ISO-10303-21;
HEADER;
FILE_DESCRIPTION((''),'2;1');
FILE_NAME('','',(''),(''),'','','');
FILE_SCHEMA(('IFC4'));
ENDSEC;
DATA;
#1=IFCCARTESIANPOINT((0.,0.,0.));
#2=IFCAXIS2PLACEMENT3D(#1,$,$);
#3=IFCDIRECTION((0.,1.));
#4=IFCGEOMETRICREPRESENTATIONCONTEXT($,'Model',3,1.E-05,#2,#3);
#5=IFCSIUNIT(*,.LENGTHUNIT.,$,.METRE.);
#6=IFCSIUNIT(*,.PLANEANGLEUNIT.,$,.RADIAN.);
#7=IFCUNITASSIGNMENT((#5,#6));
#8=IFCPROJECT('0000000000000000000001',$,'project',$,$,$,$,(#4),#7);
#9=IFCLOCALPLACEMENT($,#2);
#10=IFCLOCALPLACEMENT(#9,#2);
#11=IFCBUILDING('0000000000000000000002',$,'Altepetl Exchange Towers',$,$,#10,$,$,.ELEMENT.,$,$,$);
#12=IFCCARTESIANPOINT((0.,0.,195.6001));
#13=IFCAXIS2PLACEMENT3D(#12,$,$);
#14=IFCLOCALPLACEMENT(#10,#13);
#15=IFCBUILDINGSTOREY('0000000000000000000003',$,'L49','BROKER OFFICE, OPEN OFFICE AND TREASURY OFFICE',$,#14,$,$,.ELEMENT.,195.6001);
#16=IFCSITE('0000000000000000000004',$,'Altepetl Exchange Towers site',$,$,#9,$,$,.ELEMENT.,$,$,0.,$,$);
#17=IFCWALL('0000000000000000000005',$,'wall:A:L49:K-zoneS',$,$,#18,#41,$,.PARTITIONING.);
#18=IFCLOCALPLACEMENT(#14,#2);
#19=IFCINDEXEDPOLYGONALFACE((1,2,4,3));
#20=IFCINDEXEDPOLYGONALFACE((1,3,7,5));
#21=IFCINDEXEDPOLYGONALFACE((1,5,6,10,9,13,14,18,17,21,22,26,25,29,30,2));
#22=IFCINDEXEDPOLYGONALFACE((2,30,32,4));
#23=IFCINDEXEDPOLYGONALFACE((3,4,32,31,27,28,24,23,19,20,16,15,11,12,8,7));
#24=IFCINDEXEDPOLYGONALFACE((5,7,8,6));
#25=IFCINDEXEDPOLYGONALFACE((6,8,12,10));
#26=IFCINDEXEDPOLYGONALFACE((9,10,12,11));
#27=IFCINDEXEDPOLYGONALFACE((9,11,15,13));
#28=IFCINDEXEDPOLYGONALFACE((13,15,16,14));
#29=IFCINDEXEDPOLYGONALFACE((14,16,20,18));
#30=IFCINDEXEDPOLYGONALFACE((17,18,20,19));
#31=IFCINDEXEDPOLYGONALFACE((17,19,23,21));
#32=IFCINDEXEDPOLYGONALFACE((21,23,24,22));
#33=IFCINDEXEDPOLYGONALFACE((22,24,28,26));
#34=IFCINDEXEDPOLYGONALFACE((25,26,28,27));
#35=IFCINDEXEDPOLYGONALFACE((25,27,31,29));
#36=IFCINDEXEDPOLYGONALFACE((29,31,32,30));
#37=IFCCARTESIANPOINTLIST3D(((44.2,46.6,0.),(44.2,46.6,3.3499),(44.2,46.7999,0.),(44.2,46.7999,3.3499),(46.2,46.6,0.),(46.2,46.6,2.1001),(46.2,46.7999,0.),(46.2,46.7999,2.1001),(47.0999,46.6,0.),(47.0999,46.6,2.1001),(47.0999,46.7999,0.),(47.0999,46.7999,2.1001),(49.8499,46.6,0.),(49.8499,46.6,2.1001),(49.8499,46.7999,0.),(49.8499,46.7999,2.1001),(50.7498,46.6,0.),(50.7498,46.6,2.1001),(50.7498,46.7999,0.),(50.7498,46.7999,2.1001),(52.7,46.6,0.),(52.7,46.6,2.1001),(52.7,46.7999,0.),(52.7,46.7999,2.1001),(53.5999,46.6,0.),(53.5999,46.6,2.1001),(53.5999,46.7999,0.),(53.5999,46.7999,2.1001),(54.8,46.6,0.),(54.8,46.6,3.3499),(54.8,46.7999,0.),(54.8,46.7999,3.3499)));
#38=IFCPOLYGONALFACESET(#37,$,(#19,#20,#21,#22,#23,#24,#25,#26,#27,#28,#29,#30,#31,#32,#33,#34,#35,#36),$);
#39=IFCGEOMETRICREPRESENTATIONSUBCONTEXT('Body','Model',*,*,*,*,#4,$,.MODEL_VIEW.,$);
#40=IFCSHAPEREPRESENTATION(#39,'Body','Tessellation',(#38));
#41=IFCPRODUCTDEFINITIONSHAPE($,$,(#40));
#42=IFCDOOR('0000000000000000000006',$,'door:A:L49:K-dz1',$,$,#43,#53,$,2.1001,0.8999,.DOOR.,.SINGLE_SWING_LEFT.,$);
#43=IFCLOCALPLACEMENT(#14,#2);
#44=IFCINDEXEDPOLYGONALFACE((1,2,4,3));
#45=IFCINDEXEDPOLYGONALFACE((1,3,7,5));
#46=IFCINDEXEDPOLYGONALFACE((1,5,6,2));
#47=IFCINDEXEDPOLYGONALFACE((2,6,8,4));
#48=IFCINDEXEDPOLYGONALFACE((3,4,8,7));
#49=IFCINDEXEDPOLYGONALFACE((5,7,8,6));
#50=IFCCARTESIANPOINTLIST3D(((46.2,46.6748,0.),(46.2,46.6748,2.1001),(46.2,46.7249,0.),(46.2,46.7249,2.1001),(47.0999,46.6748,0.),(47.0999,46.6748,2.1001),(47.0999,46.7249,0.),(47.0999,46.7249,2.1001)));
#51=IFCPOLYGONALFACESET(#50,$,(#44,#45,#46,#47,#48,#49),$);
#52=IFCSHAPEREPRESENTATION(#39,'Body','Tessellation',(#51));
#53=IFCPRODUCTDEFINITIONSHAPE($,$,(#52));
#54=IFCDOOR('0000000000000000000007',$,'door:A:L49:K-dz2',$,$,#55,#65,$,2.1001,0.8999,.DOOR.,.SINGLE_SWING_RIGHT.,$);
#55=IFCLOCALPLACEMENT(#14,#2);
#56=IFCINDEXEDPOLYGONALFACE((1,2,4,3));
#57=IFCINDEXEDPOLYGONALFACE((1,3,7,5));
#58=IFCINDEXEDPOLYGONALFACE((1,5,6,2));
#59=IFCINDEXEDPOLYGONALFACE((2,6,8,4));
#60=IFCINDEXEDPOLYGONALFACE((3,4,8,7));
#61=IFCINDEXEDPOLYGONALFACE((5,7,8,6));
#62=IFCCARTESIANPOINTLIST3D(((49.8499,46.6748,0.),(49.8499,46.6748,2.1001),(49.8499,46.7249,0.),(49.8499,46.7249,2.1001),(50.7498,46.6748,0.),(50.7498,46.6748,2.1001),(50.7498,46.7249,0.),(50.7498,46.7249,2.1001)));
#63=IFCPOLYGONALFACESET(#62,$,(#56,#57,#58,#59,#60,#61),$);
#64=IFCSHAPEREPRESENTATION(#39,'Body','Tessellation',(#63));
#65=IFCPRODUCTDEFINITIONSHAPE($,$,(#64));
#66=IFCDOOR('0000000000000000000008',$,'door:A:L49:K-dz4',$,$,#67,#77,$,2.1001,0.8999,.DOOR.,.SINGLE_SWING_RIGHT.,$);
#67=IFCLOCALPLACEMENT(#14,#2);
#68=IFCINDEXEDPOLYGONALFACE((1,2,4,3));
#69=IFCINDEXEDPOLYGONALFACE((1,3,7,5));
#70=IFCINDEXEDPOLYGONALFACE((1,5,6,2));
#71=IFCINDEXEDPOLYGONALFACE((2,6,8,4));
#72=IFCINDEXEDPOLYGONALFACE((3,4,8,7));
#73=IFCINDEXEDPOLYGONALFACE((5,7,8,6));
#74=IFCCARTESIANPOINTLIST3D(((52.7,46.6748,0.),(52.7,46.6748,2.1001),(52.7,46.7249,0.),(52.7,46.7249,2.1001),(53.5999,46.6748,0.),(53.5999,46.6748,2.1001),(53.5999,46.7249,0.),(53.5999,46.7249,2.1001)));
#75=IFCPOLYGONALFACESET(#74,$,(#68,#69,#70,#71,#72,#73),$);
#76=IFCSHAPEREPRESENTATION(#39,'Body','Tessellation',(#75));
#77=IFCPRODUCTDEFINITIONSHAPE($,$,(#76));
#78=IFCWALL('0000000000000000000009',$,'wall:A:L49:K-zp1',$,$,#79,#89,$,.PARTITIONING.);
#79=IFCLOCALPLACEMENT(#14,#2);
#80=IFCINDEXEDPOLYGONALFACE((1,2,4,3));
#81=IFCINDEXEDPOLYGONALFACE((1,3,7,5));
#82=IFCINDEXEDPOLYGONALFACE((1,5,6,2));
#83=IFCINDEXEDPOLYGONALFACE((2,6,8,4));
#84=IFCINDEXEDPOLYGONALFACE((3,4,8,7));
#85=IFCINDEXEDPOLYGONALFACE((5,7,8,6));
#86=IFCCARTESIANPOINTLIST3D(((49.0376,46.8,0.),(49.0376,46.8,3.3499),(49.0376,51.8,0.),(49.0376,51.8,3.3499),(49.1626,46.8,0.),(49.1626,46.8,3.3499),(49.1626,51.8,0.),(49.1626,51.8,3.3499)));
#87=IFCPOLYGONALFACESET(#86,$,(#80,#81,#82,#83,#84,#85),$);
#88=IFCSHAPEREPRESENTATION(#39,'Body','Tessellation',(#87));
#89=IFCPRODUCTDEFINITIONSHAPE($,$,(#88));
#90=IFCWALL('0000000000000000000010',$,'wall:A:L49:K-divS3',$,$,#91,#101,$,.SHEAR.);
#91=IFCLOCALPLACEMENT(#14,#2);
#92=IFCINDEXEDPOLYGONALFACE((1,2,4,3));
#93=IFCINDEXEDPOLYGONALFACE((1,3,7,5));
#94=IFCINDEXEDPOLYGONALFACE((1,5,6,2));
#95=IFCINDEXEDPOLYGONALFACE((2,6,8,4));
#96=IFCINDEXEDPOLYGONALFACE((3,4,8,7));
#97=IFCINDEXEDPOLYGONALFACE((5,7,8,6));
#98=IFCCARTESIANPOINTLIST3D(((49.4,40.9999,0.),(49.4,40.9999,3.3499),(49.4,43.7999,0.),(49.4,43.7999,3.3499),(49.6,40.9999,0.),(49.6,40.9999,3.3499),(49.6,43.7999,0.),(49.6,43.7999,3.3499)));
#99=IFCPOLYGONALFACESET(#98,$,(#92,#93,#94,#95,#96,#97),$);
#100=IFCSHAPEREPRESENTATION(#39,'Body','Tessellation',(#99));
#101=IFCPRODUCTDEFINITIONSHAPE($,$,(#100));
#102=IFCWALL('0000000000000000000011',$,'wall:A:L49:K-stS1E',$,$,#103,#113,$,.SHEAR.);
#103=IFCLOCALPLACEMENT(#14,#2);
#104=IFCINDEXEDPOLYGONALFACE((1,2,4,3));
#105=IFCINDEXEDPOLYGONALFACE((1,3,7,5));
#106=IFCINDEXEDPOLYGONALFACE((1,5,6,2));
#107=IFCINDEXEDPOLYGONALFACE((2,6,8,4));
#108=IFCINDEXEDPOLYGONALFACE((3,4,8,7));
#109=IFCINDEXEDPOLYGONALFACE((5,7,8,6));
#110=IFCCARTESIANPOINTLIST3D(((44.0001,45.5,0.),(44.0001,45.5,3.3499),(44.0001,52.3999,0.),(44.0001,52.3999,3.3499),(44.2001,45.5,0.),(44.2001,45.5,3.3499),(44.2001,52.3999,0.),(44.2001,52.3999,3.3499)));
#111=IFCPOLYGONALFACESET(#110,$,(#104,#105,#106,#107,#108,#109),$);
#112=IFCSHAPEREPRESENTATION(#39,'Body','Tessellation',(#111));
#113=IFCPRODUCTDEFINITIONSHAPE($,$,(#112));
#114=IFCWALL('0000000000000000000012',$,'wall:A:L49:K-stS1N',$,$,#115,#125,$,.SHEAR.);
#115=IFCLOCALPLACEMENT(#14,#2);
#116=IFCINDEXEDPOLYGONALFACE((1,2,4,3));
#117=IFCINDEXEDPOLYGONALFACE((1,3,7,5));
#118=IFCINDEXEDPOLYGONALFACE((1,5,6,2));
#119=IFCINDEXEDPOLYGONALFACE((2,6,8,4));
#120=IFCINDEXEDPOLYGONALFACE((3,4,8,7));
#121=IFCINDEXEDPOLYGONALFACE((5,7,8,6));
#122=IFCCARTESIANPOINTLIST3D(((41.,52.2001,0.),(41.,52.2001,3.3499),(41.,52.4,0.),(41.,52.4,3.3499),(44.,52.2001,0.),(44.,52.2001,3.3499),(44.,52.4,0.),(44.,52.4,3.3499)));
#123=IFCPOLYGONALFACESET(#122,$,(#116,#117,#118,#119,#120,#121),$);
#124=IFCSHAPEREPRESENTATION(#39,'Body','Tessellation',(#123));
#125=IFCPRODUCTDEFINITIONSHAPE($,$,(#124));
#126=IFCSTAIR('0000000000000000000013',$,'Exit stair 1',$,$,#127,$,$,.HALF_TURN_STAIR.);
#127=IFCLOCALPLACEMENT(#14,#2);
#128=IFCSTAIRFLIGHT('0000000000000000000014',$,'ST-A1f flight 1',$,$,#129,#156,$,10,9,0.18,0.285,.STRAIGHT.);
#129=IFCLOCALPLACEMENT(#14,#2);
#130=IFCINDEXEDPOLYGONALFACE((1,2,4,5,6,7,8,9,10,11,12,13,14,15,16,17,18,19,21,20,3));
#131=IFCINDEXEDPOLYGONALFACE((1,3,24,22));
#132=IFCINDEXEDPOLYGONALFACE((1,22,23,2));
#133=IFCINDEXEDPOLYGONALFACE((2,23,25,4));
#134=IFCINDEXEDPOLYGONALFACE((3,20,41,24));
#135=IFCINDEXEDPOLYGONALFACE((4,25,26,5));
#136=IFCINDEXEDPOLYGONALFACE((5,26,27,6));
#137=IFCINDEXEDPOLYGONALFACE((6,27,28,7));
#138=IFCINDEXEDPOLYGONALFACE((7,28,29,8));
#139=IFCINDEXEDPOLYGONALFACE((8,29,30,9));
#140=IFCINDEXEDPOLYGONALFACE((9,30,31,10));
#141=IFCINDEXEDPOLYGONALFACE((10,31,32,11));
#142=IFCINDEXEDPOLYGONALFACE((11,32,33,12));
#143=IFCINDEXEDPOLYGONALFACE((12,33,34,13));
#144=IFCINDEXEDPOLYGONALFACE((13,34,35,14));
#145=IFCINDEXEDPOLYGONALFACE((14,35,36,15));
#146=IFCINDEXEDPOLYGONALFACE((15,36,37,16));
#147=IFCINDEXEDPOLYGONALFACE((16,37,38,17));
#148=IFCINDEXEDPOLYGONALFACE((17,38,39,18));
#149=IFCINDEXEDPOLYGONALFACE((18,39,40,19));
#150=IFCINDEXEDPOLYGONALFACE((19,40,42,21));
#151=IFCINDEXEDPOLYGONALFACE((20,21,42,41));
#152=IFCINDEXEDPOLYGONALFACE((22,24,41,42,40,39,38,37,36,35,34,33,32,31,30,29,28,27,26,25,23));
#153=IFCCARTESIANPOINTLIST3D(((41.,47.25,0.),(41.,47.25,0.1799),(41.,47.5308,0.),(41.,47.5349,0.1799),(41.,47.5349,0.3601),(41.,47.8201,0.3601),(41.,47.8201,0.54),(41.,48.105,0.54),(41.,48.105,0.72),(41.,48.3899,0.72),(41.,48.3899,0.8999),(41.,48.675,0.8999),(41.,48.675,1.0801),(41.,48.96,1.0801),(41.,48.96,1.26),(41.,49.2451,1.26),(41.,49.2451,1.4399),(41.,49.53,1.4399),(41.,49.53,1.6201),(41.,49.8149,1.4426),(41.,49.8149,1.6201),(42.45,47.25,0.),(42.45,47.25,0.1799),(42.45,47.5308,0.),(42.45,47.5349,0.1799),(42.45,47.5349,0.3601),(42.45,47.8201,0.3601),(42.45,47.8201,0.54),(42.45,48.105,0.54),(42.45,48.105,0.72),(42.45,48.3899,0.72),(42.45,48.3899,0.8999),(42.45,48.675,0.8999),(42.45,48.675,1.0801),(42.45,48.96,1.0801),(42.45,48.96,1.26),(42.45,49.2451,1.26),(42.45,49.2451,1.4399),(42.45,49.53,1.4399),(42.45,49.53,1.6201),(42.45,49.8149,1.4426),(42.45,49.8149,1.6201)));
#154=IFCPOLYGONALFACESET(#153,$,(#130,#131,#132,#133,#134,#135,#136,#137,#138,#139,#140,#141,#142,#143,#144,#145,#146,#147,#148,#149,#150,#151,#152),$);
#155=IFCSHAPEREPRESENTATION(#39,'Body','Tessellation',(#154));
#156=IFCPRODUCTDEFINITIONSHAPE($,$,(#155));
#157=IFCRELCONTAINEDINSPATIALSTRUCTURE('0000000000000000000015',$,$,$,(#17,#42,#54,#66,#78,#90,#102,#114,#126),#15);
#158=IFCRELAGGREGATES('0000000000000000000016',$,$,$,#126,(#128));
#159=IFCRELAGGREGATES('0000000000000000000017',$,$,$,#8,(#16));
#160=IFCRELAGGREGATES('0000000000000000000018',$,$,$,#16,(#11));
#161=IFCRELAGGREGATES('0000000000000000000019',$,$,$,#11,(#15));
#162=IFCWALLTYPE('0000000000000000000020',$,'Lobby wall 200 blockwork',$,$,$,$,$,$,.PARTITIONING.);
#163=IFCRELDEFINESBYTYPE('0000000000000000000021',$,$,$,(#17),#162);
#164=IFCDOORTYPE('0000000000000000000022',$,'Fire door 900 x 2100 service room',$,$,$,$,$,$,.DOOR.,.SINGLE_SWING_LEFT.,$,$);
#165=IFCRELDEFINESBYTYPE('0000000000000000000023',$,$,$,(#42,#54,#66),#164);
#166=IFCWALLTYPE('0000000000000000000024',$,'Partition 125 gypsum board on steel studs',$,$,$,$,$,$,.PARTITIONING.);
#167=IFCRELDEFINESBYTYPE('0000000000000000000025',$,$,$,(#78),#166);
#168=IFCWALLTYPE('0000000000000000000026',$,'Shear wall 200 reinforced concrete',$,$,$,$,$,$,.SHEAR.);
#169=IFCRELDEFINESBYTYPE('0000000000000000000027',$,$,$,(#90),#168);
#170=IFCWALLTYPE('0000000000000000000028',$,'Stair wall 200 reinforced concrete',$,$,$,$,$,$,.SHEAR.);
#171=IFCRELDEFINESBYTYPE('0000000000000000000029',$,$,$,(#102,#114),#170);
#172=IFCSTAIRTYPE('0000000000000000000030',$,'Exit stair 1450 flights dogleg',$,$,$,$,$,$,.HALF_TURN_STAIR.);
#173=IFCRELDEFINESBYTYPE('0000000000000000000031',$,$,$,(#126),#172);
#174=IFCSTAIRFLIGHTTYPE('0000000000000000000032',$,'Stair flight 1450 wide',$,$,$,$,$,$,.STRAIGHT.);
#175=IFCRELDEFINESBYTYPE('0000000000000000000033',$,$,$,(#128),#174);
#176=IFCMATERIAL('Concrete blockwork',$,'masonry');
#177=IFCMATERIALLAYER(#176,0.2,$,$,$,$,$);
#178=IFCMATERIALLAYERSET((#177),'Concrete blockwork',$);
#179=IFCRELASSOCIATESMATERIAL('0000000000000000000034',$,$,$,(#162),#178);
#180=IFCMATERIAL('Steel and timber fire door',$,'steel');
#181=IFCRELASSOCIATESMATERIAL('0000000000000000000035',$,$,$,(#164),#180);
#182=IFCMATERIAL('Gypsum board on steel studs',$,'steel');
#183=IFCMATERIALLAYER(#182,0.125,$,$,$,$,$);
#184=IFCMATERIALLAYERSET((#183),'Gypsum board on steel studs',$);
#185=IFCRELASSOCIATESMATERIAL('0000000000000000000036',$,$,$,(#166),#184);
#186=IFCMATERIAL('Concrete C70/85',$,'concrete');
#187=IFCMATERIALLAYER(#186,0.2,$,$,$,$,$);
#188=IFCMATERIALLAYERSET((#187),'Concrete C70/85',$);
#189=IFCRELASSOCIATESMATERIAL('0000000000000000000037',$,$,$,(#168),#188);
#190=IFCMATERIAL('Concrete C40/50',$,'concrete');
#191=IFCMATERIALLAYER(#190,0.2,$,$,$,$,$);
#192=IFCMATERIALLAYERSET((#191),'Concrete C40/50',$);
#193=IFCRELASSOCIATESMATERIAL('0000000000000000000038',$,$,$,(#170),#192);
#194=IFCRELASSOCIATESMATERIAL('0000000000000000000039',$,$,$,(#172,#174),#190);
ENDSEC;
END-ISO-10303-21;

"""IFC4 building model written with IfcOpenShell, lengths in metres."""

from ifc_helpers import new_model, si_unit, direction, frame, frame_2d, origin, place, context, subcontext, project, spatial, polyline, rectangle, outline, extrude, material, layer, layer_set, type_object, element, fill, aggregate, save


model = new_model("IFC4")

# Units and contexts
model_context = context("Model", 3, precision=1e-05, world=origin(), true_north=direction((0.0, 1.0)))
body_context = subcontext(model_context, "Body", "Model", "MODEL_VIEW")
ifc_project = project(units=[si_unit("LENGTHUNIT", "METRE"), si_unit("PLANEANGLEUNIT", "RADIAN")], contexts=[model_context])

# Site, building, storey
site_placement = place(None, origin())
site = spatial("IfcSite", under=ifc_project, at=site_placement, Name="Altepetl Exchange Towers site", CompositionType="ELEMENT", RefElevation=0.0)
building_placement = place(site_placement, origin())
building = spatial("IfcBuilding", under=site, at=building_placement, Name="Altepetl Exchange Towers", CompositionType="ELEMENT")
storey_placement = place(building_placement, frame((0.0, 0.0, 195.6001)))
storey = spatial("IfcBuildingStorey", under=building, at=storey_placement, Name="L49", Description="BROKER OFFICE, OPEN OFFICE AND TREASURY OFFICE", CompositionType="ELEMENT", Elevation=195.6001)

# Shared definitions
ifc_material_1 = material(Name="Concrete blockwork", Category="masonry")
ifc_layer_1 = layer(ifc_material_1, 0.2)
ifc_layer_set_1 = layer_set([ifc_layer_1], Name="Concrete blockwork")
wall_type_1 = type_object("IfcWallType", Name="Lobby wall 200 blockwork", PredefinedType="PARTITIONING", material=ifc_layer_set_1)

# Shared definitions
ifc_material_2 = material(Name="Steel and timber fire door", Category="steel")
door_type_1 = type_object("IfcDoorType", Name="Fire door 900 x 2100 service room", OperationType="SINGLE_SWING_LEFT", PredefinedType="DOOR", material=ifc_material_2)

# Wall, openings, doors
wall_1_placement = place(storey_placement, frame((44.2, 46.7, 0.0)))
wall_1 = element("IfcWall", 1, at=wall_1_placement, inside=storey, type_object=wall_type_1, Name="wall:A:L49:K-zoneS", PredefinedType="PARTITIONING", context=body_context, shape_type="SweptSolid", body=[
    extrude(rectangle(XDim=10.6001, YDim=0.2, at=frame_2d((5.3, 0.0))), origin(), (0.0, 0.0, 1.0), 3.3499),
])
opening_1_placement = place(wall_1_placement, frame((2.0, 0.0, 0.0)))
opening_1 = element("IfcOpeningElement", 2, at=opening_1_placement, cuts=wall_1, PredefinedType="OPENING", context=body_context, shape_type="SweptSolid", body=[
    extrude(rectangle(XDim=0.8999, YDim=2.1001, at=frame_2d((0.45, 1.05))), frame((0.0, 0.1099, 0.0), z_axis=(0.0, -1.0, 0.0), x_axis=(1.0, 0.0, 0.0)), (0.0, 0.0, 1.0), 0.22),
])
opening_2_placement = place(wall_1_placement, frame((5.6499, 0.0, 0.0)))
opening_2 = element("IfcOpeningElement", 3, at=opening_2_placement, cuts=wall_1, PredefinedType="OPENING", context=body_context, shape_type="SweptSolid", body=[
    extrude(rectangle(XDim=0.8999, YDim=2.1001, at=frame_2d((0.45, 1.05))), frame((0.0, 0.1099, 0.0), z_axis=(0.0, -1.0, 0.0), x_axis=(1.0, 0.0, 0.0)), (0.0, 0.0, 1.0), 0.22),
])
opening_3_placement = place(wall_1_placement, frame((8.5, 0.0, 0.0)))
opening_3 = element("IfcOpeningElement", 4, at=opening_3_placement, cuts=wall_1, PredefinedType="OPENING", context=body_context, shape_type="SweptSolid", body=[
    extrude(rectangle(XDim=0.8999, YDim=2.1001, at=frame_2d((0.45, 1.05))), frame((0.0, 0.1099, 0.0), z_axis=(0.0, -1.0, 0.0), x_axis=(1.0, 0.0, 0.0)), (0.0, 0.0, 1.0), 0.22),
])
door_1_placement = place(opening_1_placement, origin())
door_1 = element("IfcDoor", 5, at=door_1_placement, inside=storey, type_object=door_type_1, Name="door:A:L49:K-dz1", OperationType="SINGLE_SWING_LEFT", OverallHeight=2.1001, OverallWidth=0.8999, PredefinedType="DOOR", context=body_context, shape_type="SweptSolid", body=[
    extrude(rectangle(XDim=0.8999, YDim=2.1001, at=frame_2d((0.45, 1.05))), frame((0.0, 0.0249, 0.0), z_axis=(0.0, -1.0, 0.0), x_axis=(1.0, 0.0, 0.0)), (0.0, 0.0, 1.0), 0.05),
])
fill(opening_1, door_1)
door_2_placement = place(opening_2_placement, origin())
door_2 = element("IfcDoor", 6, at=door_2_placement, inside=storey, type_object=door_type_1, Name="door:A:L49:K-dz2", OperationType="SINGLE_SWING_RIGHT", OverallHeight=2.1001, OverallWidth=0.8999, PredefinedType="DOOR", context=body_context, shape_type="SweptSolid", body=[
    extrude(rectangle(XDim=0.8999, YDim=2.1001, at=frame_2d((0.45, 1.05))), frame((0.0, 0.0249, 0.0), z_axis=(0.0, -1.0, 0.0), x_axis=(1.0, 0.0, 0.0)), (0.0, 0.0, 1.0), 0.05),
])
fill(opening_2, door_2)
door_3_placement = place(opening_3_placement, origin())
door_3 = element("IfcDoor", 7, at=door_3_placement, inside=storey, type_object=door_type_1, Name="door:A:L49:K-dz4", OperationType="SINGLE_SWING_RIGHT", OverallHeight=2.1001, OverallWidth=0.8999, PredefinedType="DOOR", context=body_context, shape_type="SweptSolid", body=[
    extrude(rectangle(XDim=0.8999, YDim=2.1001, at=frame_2d((0.45, 1.05))), frame((0.0, 0.0249, 0.0), z_axis=(0.0, -1.0, 0.0), x_axis=(1.0, 0.0, 0.0)), (0.0, 0.0, 1.0), 0.05),
])
fill(opening_3, door_3)

# Walls
ifc_material_3 = material(Name="Gypsum board on steel studs", Category="steel")
ifc_layer_2 = layer(ifc_material_3, 0.125)
ifc_layer_set_2 = layer_set([ifc_layer_2], Name="Gypsum board on steel studs")
wall_type_2 = type_object("IfcWallType", Name="Partition 125 gypsum board on steel studs", PredefinedType="PARTITIONING", material=ifc_layer_set_2)
wall_2_placement = place(storey_placement, frame((49.1001, 46.8, 0.0), z_axis=(0.0, 0.0, 1.0), x_axis=(0.0, 1.0, 0.0)))
element("IfcWall", 8, at=wall_2_placement, inside=storey, type_object=wall_type_2, Name="wall:A:L49:K-zp1", PredefinedType="PARTITIONING", context=body_context, shape_type="SweptSolid", body=[
    extrude(rectangle(XDim=5.0, YDim=0.125, at=frame_2d((2.5, 0.0))), origin(), (0.0, 0.0, 1.0), 3.3499),
])
ifc_material_4 = material(Name="Concrete C70/85", Category="concrete")
ifc_layer_3 = layer(ifc_material_4, 0.2)
ifc_layer_set_3 = layer_set([ifc_layer_3], Name="Concrete C70/85")
wall_type_3 = type_object("IfcWallType", Name="Shear wall 200 reinforced concrete", PredefinedType="SHEAR", material=ifc_layer_set_3)
wall_3_placement = place(storey_placement, frame((49.5, 41.0, 0.0), z_axis=(0.0, 0.0, 1.0), x_axis=(0.0, 1.0, 0.0)))
element("IfcWall", 9, at=wall_3_placement, inside=storey, type_object=wall_type_3, Name="wall:A:L49:K-divS3", PredefinedType="SHEAR", context=body_context, shape_type="SweptSolid", body=[
    extrude(rectangle(XDim=2.8, YDim=0.2, at=frame_2d((1.3999, 0.0))), origin(), (0.0, 0.0, 1.0), 3.3499),
])
ifc_material_5 = material(Name="Concrete C40/50", Category="concrete")
ifc_layer_4 = layer(ifc_material_5, 0.2)
ifc_layer_set_4 = layer_set([ifc_layer_4], Name="Concrete C40/50")
wall_type_4 = type_object("IfcWallType", Name="Stair wall 200 reinforced concrete", PredefinedType="SHEAR", material=ifc_layer_set_4)
wall_4_placement = place(storey_placement, frame((44.1001, 45.5, 0.0), z_axis=(0.0, 0.0, 1.0), x_axis=(0.0, 1.0, 0.0)))
element("IfcWall", 10, at=wall_4_placement, inside=storey, type_object=wall_type_4, Name="wall:A:L49:K-stS1E", PredefinedType="SHEAR", context=body_context, shape_type="SweptSolid", body=[
    extrude(rectangle(XDim=6.8999, YDim=0.2, at=frame_2d((3.45, 0.0))), origin(), (0.0, 0.0, 1.0), 3.3499),
])
wall_5_placement = place(storey_placement, frame((41.0, 52.3, 0.0)))
element("IfcWall", 11, at=wall_5_placement, inside=storey, type_object=wall_type_4, Name="wall:A:L49:K-stS1N", PredefinedType="SHEAR", context=body_context, shape_type="SweptSolid", body=[
    extrude(rectangle(XDim=3.0, YDim=0.2, at=frame_2d((1.5, 0.0))), origin(), (0.0, 0.0, 1.0), 3.3499),
])

# Stair, stair flight
stair_type = type_object("IfcStairType", Name="Exit stair 1450 flights dogleg", PredefinedType="HALF_TURN_STAIR", material=ifc_material_5)
stair_placement = place(storey_placement, origin())
stair = element("IfcStair", 12, at=stair_placement, inside=storey, type_object=stair_type, Name="Exit stair 1", PredefinedType="HALF_TURN_STAIR")
stair_flight_type = type_object("IfcStairFlightType", Name="Stair flight 1450 wide", PredefinedType="STRAIGHT", material=ifc_material_5)
stair_flight_1_placement = place(storey_placement, frame((41.7251, 47.25, 0.0), z_axis=(0.0, 0.0, 1.0), x_axis=(0.0, 1.0, 0.0)))
stair_flight_1 = element("IfcStairFlight", 13, at=stair_flight_1_placement, type_object=stair_flight_type, Name="ST-A1f flight 1", NumberOfRisers=10, NumberOfTreads=9, PredefinedType="STRAIGHT", RiserHeight=0.18, TreadLength=0.285, context=body_context, shape_type="SweptSolid", body=[
    extrude(outline(polyline([(0.0, 0.0), (0.0, 0.1799), (0.2849, 0.1799), (0.2849, 0.3601), (0.5701, 0.3601), (0.5701, 0.54), (0.855, 0.54), (0.855, 0.72), (1.1399, 0.72), (1.1399, 0.8999), (1.425, 0.8999), (1.425, 1.0801), (1.71, 1.0801), (1.71, 1.26), (1.9951, 1.26), (1.9951, 1.4399), (2.28, 1.4399), (2.28, 1.6201), (2.5649, 1.6201), (2.5649, 1.8), (2.5649, 1.4426), (0.2808, 0.0), (0.0, 0.0)])), frame((0.0, 0.7251, 0.0), z_axis=(0.0, -1.0, 0.0), x_axis=(1.0, 0.0, 0.0)), (0.0, 0.0, 1.0), 1.45),
])
aggregate(stair, [stair_flight_1])

save(model, "model.ifc")
